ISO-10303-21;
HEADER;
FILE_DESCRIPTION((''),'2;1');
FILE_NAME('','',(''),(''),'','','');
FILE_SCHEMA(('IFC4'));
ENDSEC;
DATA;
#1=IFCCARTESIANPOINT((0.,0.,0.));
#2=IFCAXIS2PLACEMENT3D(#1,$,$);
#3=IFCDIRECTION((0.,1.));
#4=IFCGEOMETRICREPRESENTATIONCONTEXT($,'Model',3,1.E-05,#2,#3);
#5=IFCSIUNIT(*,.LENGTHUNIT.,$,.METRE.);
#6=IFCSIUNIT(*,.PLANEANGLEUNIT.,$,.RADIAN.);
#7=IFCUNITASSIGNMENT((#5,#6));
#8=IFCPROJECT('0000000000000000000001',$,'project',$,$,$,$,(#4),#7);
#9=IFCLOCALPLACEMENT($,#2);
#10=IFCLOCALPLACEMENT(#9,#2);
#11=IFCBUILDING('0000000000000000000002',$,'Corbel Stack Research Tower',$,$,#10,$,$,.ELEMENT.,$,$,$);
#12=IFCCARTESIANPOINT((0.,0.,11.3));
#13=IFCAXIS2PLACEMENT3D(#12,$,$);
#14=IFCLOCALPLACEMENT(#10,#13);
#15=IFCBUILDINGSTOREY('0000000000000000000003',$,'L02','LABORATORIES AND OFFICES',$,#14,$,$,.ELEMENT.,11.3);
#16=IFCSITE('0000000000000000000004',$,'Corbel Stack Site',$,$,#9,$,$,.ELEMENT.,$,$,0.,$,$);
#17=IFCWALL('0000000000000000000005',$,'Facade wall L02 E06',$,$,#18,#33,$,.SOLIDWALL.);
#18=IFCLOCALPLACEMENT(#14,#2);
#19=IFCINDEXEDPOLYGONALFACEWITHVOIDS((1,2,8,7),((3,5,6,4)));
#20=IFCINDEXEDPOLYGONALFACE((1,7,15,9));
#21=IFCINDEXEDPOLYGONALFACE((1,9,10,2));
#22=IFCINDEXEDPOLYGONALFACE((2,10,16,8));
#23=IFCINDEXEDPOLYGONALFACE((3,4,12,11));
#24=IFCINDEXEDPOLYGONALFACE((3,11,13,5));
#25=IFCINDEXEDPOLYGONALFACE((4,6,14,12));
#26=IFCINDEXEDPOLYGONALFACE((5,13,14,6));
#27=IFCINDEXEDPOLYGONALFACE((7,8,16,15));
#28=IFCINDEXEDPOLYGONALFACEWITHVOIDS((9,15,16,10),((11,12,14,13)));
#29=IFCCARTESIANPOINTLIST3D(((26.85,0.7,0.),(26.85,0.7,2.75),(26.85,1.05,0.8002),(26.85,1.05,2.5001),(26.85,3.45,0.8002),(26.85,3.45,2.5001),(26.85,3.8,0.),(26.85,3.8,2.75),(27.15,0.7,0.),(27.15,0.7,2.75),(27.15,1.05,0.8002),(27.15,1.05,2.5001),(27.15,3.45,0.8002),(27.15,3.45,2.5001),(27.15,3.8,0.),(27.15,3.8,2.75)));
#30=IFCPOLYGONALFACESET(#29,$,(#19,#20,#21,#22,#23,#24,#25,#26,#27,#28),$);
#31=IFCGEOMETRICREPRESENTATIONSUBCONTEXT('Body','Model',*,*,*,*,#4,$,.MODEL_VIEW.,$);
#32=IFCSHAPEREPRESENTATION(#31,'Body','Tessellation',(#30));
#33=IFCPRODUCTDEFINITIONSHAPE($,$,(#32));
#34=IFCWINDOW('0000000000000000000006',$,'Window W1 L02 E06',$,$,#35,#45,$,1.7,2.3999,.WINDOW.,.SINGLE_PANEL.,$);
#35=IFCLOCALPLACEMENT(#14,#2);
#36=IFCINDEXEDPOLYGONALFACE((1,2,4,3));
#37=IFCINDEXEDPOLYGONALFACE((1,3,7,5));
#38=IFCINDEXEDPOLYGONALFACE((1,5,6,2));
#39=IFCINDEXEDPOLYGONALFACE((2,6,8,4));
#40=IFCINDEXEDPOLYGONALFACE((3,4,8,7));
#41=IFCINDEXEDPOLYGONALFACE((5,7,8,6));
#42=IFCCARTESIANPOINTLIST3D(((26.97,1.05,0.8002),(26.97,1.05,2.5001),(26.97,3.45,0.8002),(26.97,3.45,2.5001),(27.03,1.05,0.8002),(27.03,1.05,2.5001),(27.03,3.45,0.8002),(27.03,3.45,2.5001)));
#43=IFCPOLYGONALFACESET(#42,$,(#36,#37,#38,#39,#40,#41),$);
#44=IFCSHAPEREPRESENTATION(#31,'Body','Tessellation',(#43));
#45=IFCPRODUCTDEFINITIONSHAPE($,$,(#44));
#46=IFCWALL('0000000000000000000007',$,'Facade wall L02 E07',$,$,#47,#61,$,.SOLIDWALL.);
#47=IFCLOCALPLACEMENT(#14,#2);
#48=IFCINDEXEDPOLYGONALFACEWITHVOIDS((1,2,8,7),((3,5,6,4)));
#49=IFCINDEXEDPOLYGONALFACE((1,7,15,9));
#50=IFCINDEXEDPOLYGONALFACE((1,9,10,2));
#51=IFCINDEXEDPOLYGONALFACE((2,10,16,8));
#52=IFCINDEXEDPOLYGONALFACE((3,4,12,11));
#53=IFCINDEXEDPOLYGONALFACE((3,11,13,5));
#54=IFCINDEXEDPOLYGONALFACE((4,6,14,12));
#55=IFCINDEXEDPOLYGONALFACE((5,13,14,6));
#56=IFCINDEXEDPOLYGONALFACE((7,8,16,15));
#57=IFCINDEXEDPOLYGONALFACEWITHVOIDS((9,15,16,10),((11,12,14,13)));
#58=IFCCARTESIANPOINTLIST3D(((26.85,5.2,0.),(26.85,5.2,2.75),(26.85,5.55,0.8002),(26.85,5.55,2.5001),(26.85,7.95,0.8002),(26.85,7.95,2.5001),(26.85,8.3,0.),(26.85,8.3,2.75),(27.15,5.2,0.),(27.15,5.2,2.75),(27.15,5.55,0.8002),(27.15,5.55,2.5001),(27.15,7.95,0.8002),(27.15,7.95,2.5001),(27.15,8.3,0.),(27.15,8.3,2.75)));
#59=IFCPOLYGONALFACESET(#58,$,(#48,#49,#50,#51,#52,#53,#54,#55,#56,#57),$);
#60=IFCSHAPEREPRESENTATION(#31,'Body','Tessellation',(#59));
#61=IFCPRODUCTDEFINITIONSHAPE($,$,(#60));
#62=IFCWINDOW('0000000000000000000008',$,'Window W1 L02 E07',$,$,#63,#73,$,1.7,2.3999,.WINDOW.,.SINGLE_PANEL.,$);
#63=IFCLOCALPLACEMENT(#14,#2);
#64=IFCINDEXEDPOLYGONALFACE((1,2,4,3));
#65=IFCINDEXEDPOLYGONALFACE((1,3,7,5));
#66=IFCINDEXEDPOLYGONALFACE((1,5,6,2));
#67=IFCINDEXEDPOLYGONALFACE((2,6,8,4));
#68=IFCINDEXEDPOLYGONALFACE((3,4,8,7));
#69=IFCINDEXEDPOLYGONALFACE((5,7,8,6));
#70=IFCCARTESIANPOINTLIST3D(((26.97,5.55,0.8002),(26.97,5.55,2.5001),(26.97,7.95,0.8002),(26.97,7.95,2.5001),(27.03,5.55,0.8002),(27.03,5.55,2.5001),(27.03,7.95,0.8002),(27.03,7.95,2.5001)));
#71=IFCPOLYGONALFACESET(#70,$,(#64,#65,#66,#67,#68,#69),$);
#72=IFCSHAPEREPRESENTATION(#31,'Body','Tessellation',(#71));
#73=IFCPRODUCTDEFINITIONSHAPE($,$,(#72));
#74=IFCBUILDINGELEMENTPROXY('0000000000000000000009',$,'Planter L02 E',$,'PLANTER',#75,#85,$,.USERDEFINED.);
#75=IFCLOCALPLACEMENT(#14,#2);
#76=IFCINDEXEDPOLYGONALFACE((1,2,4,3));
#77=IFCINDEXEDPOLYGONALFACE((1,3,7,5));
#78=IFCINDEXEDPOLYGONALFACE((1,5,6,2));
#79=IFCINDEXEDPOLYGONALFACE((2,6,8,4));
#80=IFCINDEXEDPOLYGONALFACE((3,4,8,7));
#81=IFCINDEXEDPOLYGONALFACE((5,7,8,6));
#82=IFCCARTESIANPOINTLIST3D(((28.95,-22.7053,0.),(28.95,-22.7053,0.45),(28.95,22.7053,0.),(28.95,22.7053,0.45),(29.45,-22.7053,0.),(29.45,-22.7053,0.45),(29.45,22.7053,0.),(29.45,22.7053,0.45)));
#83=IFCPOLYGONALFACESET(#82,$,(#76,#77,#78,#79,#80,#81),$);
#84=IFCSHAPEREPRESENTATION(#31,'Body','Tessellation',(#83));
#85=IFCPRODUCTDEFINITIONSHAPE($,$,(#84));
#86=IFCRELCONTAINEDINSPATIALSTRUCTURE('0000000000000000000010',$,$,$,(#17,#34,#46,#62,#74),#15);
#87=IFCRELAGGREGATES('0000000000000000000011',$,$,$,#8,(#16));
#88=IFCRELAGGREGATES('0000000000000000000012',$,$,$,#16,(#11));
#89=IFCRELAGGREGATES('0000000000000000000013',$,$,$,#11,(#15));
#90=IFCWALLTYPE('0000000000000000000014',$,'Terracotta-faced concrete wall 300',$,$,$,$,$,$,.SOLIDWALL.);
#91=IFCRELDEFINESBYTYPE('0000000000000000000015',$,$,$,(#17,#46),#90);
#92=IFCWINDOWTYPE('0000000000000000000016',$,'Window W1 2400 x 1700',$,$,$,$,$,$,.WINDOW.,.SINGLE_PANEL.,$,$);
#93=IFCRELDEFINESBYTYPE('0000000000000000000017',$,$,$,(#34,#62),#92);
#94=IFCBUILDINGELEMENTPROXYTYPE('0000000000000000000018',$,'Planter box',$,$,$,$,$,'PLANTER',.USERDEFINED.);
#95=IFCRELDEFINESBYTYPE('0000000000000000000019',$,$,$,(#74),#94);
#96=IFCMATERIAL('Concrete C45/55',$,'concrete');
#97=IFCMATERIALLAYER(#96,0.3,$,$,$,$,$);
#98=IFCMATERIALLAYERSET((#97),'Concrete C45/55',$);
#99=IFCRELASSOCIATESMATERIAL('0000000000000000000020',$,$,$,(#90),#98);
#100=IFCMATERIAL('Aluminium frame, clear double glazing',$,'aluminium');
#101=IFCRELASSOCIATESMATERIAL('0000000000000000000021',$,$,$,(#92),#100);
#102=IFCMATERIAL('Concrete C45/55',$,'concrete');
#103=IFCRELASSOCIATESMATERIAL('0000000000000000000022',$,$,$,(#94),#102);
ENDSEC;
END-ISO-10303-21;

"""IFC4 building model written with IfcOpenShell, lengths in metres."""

from ifc_helpers import new_model, si_unit, direction, frame, frame_2d, origin, origin_2d, place, context, subcontext, project, spatial, rectangle, extrude, material, layer, layer_set, type_object, element, fill, save


model = new_model("IFC4")

# Units and contexts
model_context = context("Model", 3, precision=1e-05, world=origin(), true_north=direction((0.0, 1.0)))
body_context = subcontext(model_context, "Body", "Model", "MODEL_VIEW")
ifc_project = project(units=[si_unit("LENGTHUNIT", "METRE"), si_unit("PLANEANGLEUNIT", "RADIAN")], contexts=[model_context])

# Site, building, storey
site_placement = place(None, origin())
site = spatial("IfcSite", under=ifc_project, at=site_placement, Name="Corbel Stack Site", CompositionType="ELEMENT", RefElevation=0.0)
building_placement = place(site_placement, origin())
building = spatial("IfcBuilding", under=site, at=building_placement, Name="Corbel Stack Research Tower", CompositionType="ELEMENT")
storey_placement = place(building_placement, frame((0.0, 0.0, 11.3)))
storey = spatial("IfcBuildingStorey", under=building, at=storey_placement, Name="L02", Description="LABORATORIES AND OFFICES", CompositionType="ELEMENT", Elevation=11.3)

# Walls, openings, windows
ifc_material_1 = material(Name="Concrete C45/55", Category="concrete")
ifc_layer_1 = layer(ifc_material_1, 0.3)
ifc_layer_set_1 = layer_set([ifc_layer_1], Name="Concrete C45/55")
wall_type_1 = type_object("IfcWallType", Name="Terracotta-faced concrete wall 300", PredefinedType="SOLIDWALL", material=ifc_layer_set_1)
wall_1_placement = place(storey_placement, frame((27.0, 3.8, 0.0), z_axis=(0.0, 0.0, 1.0), x_axis=(0.0, -1.0, 0.0)))
wall_1 = element("IfcWall", 1, at=wall_1_placement, inside=storey, type_object=wall_type_1, Name="Facade wall L02 E06", PredefinedType="SOLIDWALL", context=body_context, shape_type="SweptSolid", body=[
    extrude(rectangle(XDim=3.1001, YDim=0.3, at=frame_2d((1.55, 0.0))), origin(), (0.0, 0.0, 1.0), 2.75),
])
opening_1_placement = place(wall_1_placement, frame((0.3501, 0.0, 0.8)))
opening_1 = element("IfcOpeningElement", 2, at=opening_1_placement, cuts=wall_1, PredefinedType="OPENING", context=body_context, shape_type="SweptSolid", body=[
    extrude(rectangle(XDim=2.3999, YDim=1.7, at=frame_2d((1.2, 0.8501))), frame((0.0, 0.1599, 0.0), z_axis=(0.0, -1.0, 0.0), x_axis=(1.0, 0.0, 0.0)), (0.0, 0.0, 1.0), 0.3201),
])
ifc_material_2 = material(Name="Aluminium frame, clear double glazing", Category="aluminium")
window_type_1 = type_object("IfcWindowType", Name="Window W1 2400 x 1700", PartitioningType="SINGLE_PANEL", PredefinedType="WINDOW", material=ifc_material_2)
window_1_placement = place(opening_1_placement, origin())
window_1 = element("IfcWindow", 3, at=window_1_placement, inside=storey, type_object=window_type_1, Name="Window W1 L02 E06", OverallHeight=1.7, OverallWidth=2.3999, PartitioningType="SINGLE_PANEL", PredefinedType="WINDOW", context=body_context, shape_type="SweptSolid", body=[
    extrude(rectangle(XDim=2.3999, YDim=1.7, at=frame_2d((1.2, 0.8501))), frame((0.0, 0.03, 0.0), z_axis=(0.0, -1.0, 0.0), x_axis=(1.0, 0.0, 0.0)), (0.0, 0.0, 1.0), 0.0601),
])
fill(opening_1, window_1)
wall_2_placement = place(storey_placement, frame((27.0, 8.3, 0.0), z_axis=(0.0, 0.0, 1.0), x_axis=(0.0, -1.0, 0.0)))
wall_2 = element("IfcWall", 4, at=wall_2_placement, inside=storey, type_object=wall_type_1, Name="Facade wall L02 E07", PredefinedType="SOLIDWALL", context=body_context, shape_type="SweptSolid", body=[
    extrude(rectangle(XDim=3.1001, YDim=0.3, at=frame_2d((1.55, 0.0))), origin(), (0.0, 0.0, 1.0), 2.75),
])
opening_2_placement = place(wall_2_placement, frame((0.3501, 0.0, 0.8)))
opening_2 = element("IfcOpeningElement", 5, at=opening_2_placement, cuts=wall_2, PredefinedType="OPENING", context=body_context, shape_type="SweptSolid", body=[
    extrude(rectangle(XDim=2.3999, YDim=1.7, at=frame_2d((1.2, 0.8501))), frame((0.0, 0.1599, 0.0), z_axis=(0.0, -1.0, 0.0), x_axis=(1.0, 0.0, 0.0)), (0.0, 0.0, 1.0), 0.3201),
])
window_2_placement = place(opening_2_placement, origin())
window_2 = element("IfcWindow", 6, at=window_2_placement, inside=storey, type_object=window_type_1, Name="Window W1 L02 E07", OverallHeight=1.7, OverallWidth=2.3999, PartitioningType="SINGLE_PANEL", PredefinedType="WINDOW", context=body_context, shape_type="SweptSolid", body=[
    extrude(rectangle(XDim=2.3999, YDim=1.7, at=frame_2d((1.2, 0.8501))), frame((0.0, 0.03, 0.0), z_axis=(0.0, -1.0, 0.0), x_axis=(1.0, 0.0, 0.0)), (0.0, 0.0, 1.0), 0.0601),
])
fill(opening_2, window_2)

# Building element proxy
ifc_material_3 = material(Name="Concrete C45/55", Category="concrete")
building_element_proxy_type = type_object("IfcBuildingElementProxyType", Name="Planter box", ElementType="PLANTER", PredefinedType="USERDEFINED", material=ifc_material_3)
proxy_placement = place(storey_placement, frame((29.2, 0.0, 0.0), z_axis=(0.0, 0.0, 1.0), x_axis=(0.0, 1.0, 0.0)))
element("IfcBuildingElementProxy", 7, at=proxy_placement, inside=storey, type_object=building_element_proxy_type, Name="Planter L02 E", ObjectType="PLANTER", PredefinedType="USERDEFINED", context=body_context, shape_type="SweptSolid", body=[
    extrude(rectangle(XDim=45.4106, YDim=0.5, at=origin_2d()), origin(), (0.0, 0.0, 1.0), 0.45),
])

save(model, "model.ifc")
